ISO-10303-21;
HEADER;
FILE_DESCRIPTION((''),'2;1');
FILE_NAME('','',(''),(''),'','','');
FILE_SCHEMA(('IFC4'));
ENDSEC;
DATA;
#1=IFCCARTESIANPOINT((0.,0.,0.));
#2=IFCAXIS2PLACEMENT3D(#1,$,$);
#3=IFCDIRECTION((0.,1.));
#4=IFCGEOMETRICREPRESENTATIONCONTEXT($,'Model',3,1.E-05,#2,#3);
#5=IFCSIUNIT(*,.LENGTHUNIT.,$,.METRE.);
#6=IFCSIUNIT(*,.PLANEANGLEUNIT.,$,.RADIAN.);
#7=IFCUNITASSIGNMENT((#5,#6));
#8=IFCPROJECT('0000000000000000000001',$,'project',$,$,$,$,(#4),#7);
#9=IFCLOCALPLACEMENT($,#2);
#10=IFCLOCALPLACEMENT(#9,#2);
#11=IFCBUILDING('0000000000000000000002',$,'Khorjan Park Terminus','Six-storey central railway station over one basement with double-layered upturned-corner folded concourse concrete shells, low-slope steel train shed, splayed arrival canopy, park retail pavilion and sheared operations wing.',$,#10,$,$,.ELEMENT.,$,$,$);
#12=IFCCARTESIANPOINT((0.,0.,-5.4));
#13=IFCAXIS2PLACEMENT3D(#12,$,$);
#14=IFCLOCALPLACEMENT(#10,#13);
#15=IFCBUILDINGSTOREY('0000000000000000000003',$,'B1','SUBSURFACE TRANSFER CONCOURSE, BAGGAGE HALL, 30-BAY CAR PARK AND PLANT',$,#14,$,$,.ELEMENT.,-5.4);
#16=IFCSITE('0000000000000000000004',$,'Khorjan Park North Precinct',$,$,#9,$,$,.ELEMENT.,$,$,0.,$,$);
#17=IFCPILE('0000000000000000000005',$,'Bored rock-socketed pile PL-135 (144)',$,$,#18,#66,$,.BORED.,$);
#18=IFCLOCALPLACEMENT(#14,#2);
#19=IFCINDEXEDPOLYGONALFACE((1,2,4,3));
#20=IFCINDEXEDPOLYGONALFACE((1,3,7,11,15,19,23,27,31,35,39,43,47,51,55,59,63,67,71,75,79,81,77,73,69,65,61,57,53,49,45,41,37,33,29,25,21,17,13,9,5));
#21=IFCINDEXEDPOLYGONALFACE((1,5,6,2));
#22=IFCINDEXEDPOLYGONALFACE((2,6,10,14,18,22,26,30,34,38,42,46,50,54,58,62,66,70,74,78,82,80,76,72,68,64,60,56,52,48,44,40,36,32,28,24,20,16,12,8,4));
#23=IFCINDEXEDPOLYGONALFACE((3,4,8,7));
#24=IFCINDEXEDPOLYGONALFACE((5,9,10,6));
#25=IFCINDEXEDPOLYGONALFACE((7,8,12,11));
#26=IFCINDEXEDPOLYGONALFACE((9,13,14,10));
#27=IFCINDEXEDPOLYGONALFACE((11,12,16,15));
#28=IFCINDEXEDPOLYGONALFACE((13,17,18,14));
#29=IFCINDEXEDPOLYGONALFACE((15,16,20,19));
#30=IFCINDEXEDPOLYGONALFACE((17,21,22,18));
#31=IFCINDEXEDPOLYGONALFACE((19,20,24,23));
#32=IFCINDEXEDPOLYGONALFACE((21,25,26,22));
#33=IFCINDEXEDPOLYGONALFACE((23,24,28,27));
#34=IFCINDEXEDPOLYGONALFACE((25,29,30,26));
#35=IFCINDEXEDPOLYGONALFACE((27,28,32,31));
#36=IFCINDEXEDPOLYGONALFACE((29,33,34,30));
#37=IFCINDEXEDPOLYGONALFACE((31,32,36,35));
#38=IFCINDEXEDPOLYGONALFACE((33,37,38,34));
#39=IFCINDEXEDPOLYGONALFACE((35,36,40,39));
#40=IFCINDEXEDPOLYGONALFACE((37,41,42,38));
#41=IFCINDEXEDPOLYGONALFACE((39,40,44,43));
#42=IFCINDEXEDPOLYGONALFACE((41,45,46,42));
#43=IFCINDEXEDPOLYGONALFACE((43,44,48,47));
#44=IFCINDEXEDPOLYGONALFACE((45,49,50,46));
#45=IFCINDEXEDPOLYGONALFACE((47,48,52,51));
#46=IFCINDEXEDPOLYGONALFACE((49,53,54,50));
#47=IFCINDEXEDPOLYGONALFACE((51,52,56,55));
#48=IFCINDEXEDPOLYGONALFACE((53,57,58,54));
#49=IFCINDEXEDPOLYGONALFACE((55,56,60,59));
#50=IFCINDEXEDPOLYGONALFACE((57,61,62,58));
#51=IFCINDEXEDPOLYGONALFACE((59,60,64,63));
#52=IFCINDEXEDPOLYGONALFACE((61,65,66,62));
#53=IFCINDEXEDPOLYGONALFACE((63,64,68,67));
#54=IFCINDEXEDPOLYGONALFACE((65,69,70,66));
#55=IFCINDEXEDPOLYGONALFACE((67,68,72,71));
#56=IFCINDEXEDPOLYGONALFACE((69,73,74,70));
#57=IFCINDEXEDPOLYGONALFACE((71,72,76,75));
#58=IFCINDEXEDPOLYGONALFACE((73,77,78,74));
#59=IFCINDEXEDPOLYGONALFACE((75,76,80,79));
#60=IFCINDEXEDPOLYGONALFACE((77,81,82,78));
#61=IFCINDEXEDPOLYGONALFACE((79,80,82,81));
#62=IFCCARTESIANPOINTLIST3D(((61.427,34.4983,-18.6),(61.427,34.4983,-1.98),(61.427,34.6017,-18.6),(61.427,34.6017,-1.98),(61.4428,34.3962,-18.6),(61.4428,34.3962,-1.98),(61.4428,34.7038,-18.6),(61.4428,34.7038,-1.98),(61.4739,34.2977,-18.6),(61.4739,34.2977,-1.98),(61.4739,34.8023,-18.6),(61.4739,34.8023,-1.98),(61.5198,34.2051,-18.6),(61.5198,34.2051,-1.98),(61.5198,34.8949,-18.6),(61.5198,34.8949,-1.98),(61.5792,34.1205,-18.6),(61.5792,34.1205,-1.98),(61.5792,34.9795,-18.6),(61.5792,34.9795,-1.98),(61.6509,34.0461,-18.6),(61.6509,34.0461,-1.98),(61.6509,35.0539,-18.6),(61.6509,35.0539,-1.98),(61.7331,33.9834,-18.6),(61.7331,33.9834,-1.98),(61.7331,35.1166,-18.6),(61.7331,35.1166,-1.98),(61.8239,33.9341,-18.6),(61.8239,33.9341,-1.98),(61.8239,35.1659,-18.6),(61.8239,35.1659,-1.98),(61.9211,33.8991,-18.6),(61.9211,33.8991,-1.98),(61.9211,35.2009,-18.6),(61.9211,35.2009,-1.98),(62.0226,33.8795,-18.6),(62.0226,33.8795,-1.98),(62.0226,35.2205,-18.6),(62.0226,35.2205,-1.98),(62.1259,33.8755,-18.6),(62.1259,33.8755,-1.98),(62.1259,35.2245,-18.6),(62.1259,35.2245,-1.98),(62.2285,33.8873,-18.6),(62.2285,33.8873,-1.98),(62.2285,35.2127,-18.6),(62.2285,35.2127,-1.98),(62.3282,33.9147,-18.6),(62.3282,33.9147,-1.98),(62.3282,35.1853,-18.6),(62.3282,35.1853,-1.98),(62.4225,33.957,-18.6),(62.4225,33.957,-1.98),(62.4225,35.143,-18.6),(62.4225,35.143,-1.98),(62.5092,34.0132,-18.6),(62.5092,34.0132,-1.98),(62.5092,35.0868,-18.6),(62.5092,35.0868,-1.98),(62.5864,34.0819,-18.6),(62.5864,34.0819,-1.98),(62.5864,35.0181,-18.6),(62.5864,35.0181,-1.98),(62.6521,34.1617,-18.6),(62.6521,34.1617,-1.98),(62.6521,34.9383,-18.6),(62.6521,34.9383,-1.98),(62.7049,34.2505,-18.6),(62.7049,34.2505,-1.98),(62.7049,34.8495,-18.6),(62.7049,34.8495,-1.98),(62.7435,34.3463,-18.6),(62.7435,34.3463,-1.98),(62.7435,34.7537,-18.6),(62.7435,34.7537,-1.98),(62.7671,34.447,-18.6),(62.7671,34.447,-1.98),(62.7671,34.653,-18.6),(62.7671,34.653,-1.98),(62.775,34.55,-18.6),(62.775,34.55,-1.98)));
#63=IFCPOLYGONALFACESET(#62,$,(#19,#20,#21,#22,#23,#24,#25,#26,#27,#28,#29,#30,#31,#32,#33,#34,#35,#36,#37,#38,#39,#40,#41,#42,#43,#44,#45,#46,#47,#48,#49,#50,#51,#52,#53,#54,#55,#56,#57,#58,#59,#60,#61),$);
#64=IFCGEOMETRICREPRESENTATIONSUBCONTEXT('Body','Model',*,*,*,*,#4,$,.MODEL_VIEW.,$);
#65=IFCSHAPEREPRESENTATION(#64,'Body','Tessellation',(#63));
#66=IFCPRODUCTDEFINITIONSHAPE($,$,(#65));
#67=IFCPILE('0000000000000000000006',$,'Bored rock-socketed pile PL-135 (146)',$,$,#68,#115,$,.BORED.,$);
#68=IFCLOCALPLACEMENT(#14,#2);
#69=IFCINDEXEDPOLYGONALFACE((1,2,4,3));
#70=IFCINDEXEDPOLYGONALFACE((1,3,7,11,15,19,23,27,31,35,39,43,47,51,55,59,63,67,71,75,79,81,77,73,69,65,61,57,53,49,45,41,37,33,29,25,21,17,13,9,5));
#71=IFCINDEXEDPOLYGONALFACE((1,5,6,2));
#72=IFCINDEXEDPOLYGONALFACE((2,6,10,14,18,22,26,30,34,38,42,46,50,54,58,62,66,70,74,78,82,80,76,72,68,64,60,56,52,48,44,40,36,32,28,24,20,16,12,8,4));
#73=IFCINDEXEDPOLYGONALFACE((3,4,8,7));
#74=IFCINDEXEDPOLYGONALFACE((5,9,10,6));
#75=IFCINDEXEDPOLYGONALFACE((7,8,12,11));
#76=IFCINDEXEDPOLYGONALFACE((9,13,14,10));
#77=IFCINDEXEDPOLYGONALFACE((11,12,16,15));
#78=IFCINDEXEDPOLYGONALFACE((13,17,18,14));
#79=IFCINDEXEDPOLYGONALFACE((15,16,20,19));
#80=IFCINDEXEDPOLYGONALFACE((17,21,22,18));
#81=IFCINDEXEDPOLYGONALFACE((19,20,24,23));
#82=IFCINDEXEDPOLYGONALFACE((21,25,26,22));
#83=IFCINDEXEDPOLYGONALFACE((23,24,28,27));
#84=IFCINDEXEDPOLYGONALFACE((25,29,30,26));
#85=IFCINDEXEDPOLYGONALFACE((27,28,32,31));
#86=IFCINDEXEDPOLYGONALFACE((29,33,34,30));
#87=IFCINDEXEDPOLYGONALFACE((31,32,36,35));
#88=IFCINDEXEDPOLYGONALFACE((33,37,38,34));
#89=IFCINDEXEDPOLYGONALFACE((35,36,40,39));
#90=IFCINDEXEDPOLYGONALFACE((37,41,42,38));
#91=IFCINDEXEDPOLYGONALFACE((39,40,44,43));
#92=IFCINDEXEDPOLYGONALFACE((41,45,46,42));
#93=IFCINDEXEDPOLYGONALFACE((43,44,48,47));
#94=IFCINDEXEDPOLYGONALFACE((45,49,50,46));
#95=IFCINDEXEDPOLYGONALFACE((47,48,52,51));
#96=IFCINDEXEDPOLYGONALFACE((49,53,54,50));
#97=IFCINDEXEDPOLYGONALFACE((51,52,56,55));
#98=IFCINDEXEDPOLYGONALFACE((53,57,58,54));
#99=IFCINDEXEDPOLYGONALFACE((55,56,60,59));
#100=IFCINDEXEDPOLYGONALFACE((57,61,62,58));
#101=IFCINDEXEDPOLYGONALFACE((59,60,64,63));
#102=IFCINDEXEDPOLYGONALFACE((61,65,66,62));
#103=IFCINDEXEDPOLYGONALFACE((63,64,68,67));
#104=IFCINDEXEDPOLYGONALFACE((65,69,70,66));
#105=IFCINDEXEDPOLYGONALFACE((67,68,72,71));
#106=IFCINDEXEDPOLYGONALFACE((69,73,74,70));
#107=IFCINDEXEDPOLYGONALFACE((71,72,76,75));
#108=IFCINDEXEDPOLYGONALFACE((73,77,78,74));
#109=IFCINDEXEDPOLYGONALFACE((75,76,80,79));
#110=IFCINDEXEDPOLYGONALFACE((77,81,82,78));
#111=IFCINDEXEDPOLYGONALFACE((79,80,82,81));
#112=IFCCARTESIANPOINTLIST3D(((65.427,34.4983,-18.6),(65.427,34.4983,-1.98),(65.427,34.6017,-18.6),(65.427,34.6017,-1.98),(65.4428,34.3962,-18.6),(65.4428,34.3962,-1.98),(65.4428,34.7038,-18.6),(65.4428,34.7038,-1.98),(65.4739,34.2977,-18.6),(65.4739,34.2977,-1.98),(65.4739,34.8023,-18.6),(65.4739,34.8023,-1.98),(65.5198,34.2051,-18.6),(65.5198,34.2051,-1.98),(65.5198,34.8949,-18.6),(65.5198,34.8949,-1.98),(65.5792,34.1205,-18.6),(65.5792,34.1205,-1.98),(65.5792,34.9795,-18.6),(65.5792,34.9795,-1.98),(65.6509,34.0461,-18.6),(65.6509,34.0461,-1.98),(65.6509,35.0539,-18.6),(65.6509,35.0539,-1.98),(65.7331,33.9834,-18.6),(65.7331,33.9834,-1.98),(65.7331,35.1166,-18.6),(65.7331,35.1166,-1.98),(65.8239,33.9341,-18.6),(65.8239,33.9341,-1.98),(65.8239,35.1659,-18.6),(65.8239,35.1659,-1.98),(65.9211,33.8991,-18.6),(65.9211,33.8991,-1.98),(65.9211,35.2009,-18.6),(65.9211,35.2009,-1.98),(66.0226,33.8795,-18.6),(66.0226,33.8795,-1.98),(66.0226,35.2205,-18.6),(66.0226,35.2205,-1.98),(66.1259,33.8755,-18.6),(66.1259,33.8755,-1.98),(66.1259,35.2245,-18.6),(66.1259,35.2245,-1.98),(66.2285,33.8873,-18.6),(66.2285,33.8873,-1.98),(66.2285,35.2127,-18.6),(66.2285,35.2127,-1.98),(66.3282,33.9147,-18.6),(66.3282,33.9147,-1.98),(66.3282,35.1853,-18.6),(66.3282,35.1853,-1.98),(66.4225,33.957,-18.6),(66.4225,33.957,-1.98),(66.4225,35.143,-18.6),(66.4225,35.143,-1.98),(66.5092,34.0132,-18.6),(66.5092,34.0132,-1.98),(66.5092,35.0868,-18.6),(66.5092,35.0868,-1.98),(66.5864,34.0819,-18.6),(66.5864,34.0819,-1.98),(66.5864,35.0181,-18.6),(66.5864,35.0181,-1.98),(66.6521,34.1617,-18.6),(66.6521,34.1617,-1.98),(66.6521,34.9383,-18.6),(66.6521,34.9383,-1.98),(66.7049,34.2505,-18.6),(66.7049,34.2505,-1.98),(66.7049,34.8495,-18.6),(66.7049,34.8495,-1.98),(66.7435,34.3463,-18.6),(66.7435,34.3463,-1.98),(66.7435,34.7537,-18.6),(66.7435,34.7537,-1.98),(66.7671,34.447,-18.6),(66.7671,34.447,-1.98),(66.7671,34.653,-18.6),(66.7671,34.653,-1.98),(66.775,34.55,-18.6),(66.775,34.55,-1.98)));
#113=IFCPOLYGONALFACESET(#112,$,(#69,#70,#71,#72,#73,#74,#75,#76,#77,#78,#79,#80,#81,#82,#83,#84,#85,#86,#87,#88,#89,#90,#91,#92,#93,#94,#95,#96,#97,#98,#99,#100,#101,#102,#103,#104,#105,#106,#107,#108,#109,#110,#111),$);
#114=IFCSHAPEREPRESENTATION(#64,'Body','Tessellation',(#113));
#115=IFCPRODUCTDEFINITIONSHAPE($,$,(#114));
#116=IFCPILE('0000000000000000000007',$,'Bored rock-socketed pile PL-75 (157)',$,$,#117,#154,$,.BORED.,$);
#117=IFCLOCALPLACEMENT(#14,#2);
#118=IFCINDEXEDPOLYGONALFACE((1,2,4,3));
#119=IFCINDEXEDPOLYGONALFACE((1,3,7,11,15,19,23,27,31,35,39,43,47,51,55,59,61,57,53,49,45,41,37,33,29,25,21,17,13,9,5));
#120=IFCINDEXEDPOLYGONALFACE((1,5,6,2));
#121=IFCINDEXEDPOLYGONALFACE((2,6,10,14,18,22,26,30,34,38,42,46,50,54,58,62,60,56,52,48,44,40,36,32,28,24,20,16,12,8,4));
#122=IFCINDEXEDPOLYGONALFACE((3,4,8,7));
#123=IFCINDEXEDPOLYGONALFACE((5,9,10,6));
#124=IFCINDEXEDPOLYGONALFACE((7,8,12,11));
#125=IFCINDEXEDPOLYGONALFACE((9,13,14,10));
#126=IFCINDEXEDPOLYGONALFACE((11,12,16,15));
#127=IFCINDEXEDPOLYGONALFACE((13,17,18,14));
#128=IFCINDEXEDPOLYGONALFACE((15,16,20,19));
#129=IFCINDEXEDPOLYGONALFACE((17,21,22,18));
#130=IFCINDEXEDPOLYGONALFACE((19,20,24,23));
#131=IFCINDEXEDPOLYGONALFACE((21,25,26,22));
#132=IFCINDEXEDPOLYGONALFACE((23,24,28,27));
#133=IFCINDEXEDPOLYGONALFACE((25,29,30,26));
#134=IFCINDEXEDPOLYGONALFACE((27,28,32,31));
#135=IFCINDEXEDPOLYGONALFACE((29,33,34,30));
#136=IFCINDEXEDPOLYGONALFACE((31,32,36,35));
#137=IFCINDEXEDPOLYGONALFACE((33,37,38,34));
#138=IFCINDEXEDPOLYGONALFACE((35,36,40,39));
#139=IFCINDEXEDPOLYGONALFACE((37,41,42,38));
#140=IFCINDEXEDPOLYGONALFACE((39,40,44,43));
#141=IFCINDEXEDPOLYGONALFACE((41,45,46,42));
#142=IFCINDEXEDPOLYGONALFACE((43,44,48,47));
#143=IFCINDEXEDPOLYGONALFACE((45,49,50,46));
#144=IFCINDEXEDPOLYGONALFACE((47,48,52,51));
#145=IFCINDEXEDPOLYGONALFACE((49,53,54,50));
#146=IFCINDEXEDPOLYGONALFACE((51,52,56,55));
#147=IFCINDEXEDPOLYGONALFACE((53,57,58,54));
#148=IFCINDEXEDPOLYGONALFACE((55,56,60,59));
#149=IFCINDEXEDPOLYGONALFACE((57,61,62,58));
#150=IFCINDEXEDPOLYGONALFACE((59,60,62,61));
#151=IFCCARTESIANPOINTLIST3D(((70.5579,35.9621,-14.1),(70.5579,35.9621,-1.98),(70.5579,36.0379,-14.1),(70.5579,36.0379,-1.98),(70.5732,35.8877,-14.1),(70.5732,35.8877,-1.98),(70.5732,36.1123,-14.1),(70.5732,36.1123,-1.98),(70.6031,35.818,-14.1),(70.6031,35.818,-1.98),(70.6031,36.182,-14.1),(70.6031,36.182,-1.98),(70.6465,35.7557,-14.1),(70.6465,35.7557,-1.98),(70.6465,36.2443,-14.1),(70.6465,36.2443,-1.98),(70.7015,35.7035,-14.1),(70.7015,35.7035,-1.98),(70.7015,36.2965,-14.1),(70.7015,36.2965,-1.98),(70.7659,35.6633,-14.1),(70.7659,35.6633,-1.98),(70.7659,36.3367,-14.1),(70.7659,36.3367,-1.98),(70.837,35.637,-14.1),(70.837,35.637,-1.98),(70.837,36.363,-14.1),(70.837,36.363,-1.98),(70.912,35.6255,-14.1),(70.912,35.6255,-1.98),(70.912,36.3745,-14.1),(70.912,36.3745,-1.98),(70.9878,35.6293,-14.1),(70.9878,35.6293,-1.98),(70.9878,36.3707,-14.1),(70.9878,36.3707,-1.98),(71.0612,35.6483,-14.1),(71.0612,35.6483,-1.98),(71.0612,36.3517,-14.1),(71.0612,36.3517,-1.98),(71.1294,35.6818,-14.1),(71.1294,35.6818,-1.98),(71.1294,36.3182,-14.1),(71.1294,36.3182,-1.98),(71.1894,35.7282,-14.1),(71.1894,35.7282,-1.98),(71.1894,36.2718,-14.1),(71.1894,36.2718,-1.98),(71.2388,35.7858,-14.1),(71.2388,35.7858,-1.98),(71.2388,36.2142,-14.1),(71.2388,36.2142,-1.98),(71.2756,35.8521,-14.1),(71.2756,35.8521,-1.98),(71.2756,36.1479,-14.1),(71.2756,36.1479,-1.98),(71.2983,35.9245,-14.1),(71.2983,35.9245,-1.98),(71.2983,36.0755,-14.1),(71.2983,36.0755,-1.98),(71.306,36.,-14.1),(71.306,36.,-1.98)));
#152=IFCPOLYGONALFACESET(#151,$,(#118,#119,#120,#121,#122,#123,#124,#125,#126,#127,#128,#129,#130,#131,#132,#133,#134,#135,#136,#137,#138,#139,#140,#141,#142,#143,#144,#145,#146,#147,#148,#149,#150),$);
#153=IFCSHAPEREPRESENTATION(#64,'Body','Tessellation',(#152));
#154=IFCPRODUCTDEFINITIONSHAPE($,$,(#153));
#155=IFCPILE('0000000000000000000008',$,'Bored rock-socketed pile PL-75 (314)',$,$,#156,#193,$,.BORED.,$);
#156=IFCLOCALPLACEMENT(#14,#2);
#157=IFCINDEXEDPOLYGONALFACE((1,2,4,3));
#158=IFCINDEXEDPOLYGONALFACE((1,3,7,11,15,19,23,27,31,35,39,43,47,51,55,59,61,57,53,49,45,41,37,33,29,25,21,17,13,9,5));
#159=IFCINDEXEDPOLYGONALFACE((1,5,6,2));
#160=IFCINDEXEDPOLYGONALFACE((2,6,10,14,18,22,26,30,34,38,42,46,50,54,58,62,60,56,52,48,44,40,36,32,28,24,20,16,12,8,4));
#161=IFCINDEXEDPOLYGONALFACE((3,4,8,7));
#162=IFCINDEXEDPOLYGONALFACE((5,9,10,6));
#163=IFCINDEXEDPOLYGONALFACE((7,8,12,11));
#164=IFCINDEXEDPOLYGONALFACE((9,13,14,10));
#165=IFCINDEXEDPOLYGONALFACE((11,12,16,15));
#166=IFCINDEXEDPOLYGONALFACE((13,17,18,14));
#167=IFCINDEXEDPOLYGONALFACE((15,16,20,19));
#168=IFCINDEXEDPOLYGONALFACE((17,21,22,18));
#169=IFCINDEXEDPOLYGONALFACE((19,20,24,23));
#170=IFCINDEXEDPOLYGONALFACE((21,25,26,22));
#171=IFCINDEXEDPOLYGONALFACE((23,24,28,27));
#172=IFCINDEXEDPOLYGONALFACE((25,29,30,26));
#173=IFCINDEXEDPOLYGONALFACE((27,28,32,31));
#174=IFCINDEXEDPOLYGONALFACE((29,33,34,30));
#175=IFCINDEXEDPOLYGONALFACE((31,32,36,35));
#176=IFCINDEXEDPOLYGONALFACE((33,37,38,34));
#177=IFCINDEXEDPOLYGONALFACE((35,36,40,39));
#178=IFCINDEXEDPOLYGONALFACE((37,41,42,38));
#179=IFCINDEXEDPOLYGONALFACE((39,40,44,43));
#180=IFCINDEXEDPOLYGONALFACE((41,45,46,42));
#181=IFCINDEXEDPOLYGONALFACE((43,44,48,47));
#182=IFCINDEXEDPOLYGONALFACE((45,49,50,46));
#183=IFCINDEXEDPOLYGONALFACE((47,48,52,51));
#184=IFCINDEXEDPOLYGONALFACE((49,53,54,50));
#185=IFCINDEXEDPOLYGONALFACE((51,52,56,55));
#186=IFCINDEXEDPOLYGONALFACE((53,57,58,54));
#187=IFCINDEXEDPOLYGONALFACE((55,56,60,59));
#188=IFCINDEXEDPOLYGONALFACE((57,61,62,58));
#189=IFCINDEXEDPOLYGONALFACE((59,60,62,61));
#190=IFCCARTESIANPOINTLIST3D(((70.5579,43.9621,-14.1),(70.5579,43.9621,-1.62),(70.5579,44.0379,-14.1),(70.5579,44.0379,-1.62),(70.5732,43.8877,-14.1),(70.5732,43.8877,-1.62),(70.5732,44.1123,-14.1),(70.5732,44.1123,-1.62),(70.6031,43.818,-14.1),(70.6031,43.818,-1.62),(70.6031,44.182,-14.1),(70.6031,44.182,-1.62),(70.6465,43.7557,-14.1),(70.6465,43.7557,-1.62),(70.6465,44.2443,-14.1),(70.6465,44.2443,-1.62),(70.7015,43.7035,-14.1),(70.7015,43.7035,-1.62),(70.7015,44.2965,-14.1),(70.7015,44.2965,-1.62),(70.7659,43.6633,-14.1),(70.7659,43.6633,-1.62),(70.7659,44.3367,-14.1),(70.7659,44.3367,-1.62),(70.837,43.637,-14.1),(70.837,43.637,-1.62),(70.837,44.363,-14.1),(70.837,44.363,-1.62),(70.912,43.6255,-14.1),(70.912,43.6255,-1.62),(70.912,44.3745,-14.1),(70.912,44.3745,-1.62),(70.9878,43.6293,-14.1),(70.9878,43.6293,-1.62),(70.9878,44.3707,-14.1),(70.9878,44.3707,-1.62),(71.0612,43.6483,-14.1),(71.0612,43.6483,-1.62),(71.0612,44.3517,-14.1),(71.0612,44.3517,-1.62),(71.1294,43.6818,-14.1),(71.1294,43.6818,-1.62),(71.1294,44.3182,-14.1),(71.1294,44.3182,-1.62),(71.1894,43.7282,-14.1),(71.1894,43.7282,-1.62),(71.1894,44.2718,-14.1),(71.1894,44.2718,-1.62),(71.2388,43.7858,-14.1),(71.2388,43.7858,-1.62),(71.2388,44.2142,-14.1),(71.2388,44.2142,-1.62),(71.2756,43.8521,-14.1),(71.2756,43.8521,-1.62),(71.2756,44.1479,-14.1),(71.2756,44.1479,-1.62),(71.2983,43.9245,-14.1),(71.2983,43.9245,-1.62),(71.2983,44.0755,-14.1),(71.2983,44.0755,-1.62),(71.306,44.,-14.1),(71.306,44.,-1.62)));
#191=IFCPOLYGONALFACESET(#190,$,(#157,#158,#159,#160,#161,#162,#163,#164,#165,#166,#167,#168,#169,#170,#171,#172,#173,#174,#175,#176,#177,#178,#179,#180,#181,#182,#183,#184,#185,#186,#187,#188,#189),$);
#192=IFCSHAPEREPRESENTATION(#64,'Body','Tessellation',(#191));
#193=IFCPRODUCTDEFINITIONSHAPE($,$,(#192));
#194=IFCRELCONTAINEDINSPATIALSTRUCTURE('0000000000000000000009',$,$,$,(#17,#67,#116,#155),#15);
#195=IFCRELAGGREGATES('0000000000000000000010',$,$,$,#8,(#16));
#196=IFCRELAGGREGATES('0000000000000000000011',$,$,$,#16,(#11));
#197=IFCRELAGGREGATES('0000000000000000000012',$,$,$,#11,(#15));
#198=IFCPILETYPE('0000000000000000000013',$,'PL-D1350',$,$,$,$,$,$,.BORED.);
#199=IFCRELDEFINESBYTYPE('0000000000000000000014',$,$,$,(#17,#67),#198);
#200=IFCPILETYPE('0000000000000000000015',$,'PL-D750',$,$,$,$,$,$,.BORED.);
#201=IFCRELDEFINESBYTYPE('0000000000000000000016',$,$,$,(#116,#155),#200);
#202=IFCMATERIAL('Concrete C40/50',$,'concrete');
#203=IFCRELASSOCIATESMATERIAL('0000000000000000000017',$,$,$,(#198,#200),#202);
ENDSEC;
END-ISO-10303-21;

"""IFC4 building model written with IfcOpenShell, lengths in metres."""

from ifc_helpers import new_model, si_unit, direction, frame, origin, origin_2d, place, context, subcontext, project, spatial, circle, extrude, material, material_profile, profile_set, type_object, element, save


model = new_model("IFC4")

# Units and contexts
model_context = context("Model", 3, precision=1e-05, world=origin(), true_north=direction((0.0, 1.0)))
body_context = subcontext(model_context, "Body", "Model", "MODEL_VIEW")
ifc_project = project(units=[si_unit("LENGTHUNIT", "METRE"), si_unit("PLANEANGLEUNIT", "RADIAN")], contexts=[model_context])

# Site, building, storey
site_placement = place(None, origin())
site = spatial("IfcSite", under=ifc_project, at=site_placement, Name="Khorjan Park North Precinct", CompositionType="ELEMENT", RefElevation=0.0)
building_placement = place(site_placement, origin())
building = spatial("IfcBuilding", under=site, at=building_placement, Name="Khorjan Park Terminus", Description="Six-storey central railway station over one basement with double-layered upturned-corner folded concourse concrete shells, low-slope steel train shed, splayed arrival canopy, park retail pavilion and sheared operations wing.", CompositionType="ELEMENT")
storey_placement = place(building_placement, frame((0.0, 0.0, -5.4)))
storey = spatial("IfcBuildingStorey", under=building, at=storey_placement, Name="B1", Description="SUBSURFACE TRANSFER CONCOURSE, BAGGAGE HALL, 30-BAY CAR PARK AND PLANT", CompositionType="ELEMENT", Elevation=-5.4)

# Shared definitions
ifc_material_1 = material(Name="Concrete C40/50", Category="concrete")

# Piles
ifc_material_profile_1 = material_profile(ifc_material_1, circle(Radius=0.675, at=origin_2d()), Name="BORED D1350")
ifc_profile_set_1 = profile_set([ifc_material_profile_1], Name="Concrete C40/50")
pile_type_1 = type_object("IfcPileType", Name="PL-D1350", PredefinedType="BORED", material=ifc_profile_set_1)
for number, where, z_axis, x_axis, name in (
    (1, (62.1, 34.55, -1.98), (0.0, 0.0, -1.0), (1.0, 0.0, 0.0), "Bored rock-socketed pile PL-135 (144)"),
    (2, (66.1, 34.55, -1.98), (0.0, 0.0, -1.0), (1.0, 0.0, 0.0), "Bored rock-socketed pile PL-135 (146)"),
):
    element("IfcPile", number, at=place(storey_placement, frame(where, z_axis=z_axis, x_axis=x_axis)), inside=storey, type_object=pile_type_1, Name=name, PredefinedType="BORED", context=body_context, shape_type="SweptSolid", body=[
        extrude(circle(Radius=0.675, at=origin_2d()), origin(), (0.0, 0.0, 1.0), 16.62),
    ])
ifc_material_profile_2 = material_profile(ifc_material_1, circle(Radius=0.375, at=origin_2d()), Name="BORED D750")
ifc_profile_set_2 = profile_set([ifc_material_profile_2], Name="Concrete C40/50")
pile_type_2 = type_object("IfcPileType", Name="PL-D750", PredefinedType="BORED", material=ifc_profile_set_2)
pile_1_placement = place(storey_placement, frame((70.931, 36.0, -1.98), z_axis=(0.0, 0.0, -1.0), x_axis=(1.0, 0.0, 0.0)))
element("IfcPile", 3, at=pile_1_placement, inside=storey, type_object=pile_type_2, Name="Bored rock-socketed pile PL-75 (157)", PredefinedType="BORED", context=body_context, shape_type="SweptSolid", body=[
    extrude(circle(Radius=0.375, at=origin_2d()), origin(), (0.0, 0.0, 1.0), 12.12),
])
pile_2_placement = place(storey_placement, frame((70.931, 44.0, -1.62), z_axis=(0.0, 0.0, -1.0), x_axis=(1.0, 0.0, 0.0)))
element("IfcPile", 4, at=pile_2_placement, inside=storey, type_object=pile_type_2, Name="Bored rock-socketed pile PL-75 (314)", PredefinedType="BORED", context=body_context, shape_type="SweptSolid", body=[
    extrude(circle(Radius=0.375, at=origin_2d()), origin(), (0.0, 0.0, 1.0), 12.48),
])

save(model, "model.ifc")
